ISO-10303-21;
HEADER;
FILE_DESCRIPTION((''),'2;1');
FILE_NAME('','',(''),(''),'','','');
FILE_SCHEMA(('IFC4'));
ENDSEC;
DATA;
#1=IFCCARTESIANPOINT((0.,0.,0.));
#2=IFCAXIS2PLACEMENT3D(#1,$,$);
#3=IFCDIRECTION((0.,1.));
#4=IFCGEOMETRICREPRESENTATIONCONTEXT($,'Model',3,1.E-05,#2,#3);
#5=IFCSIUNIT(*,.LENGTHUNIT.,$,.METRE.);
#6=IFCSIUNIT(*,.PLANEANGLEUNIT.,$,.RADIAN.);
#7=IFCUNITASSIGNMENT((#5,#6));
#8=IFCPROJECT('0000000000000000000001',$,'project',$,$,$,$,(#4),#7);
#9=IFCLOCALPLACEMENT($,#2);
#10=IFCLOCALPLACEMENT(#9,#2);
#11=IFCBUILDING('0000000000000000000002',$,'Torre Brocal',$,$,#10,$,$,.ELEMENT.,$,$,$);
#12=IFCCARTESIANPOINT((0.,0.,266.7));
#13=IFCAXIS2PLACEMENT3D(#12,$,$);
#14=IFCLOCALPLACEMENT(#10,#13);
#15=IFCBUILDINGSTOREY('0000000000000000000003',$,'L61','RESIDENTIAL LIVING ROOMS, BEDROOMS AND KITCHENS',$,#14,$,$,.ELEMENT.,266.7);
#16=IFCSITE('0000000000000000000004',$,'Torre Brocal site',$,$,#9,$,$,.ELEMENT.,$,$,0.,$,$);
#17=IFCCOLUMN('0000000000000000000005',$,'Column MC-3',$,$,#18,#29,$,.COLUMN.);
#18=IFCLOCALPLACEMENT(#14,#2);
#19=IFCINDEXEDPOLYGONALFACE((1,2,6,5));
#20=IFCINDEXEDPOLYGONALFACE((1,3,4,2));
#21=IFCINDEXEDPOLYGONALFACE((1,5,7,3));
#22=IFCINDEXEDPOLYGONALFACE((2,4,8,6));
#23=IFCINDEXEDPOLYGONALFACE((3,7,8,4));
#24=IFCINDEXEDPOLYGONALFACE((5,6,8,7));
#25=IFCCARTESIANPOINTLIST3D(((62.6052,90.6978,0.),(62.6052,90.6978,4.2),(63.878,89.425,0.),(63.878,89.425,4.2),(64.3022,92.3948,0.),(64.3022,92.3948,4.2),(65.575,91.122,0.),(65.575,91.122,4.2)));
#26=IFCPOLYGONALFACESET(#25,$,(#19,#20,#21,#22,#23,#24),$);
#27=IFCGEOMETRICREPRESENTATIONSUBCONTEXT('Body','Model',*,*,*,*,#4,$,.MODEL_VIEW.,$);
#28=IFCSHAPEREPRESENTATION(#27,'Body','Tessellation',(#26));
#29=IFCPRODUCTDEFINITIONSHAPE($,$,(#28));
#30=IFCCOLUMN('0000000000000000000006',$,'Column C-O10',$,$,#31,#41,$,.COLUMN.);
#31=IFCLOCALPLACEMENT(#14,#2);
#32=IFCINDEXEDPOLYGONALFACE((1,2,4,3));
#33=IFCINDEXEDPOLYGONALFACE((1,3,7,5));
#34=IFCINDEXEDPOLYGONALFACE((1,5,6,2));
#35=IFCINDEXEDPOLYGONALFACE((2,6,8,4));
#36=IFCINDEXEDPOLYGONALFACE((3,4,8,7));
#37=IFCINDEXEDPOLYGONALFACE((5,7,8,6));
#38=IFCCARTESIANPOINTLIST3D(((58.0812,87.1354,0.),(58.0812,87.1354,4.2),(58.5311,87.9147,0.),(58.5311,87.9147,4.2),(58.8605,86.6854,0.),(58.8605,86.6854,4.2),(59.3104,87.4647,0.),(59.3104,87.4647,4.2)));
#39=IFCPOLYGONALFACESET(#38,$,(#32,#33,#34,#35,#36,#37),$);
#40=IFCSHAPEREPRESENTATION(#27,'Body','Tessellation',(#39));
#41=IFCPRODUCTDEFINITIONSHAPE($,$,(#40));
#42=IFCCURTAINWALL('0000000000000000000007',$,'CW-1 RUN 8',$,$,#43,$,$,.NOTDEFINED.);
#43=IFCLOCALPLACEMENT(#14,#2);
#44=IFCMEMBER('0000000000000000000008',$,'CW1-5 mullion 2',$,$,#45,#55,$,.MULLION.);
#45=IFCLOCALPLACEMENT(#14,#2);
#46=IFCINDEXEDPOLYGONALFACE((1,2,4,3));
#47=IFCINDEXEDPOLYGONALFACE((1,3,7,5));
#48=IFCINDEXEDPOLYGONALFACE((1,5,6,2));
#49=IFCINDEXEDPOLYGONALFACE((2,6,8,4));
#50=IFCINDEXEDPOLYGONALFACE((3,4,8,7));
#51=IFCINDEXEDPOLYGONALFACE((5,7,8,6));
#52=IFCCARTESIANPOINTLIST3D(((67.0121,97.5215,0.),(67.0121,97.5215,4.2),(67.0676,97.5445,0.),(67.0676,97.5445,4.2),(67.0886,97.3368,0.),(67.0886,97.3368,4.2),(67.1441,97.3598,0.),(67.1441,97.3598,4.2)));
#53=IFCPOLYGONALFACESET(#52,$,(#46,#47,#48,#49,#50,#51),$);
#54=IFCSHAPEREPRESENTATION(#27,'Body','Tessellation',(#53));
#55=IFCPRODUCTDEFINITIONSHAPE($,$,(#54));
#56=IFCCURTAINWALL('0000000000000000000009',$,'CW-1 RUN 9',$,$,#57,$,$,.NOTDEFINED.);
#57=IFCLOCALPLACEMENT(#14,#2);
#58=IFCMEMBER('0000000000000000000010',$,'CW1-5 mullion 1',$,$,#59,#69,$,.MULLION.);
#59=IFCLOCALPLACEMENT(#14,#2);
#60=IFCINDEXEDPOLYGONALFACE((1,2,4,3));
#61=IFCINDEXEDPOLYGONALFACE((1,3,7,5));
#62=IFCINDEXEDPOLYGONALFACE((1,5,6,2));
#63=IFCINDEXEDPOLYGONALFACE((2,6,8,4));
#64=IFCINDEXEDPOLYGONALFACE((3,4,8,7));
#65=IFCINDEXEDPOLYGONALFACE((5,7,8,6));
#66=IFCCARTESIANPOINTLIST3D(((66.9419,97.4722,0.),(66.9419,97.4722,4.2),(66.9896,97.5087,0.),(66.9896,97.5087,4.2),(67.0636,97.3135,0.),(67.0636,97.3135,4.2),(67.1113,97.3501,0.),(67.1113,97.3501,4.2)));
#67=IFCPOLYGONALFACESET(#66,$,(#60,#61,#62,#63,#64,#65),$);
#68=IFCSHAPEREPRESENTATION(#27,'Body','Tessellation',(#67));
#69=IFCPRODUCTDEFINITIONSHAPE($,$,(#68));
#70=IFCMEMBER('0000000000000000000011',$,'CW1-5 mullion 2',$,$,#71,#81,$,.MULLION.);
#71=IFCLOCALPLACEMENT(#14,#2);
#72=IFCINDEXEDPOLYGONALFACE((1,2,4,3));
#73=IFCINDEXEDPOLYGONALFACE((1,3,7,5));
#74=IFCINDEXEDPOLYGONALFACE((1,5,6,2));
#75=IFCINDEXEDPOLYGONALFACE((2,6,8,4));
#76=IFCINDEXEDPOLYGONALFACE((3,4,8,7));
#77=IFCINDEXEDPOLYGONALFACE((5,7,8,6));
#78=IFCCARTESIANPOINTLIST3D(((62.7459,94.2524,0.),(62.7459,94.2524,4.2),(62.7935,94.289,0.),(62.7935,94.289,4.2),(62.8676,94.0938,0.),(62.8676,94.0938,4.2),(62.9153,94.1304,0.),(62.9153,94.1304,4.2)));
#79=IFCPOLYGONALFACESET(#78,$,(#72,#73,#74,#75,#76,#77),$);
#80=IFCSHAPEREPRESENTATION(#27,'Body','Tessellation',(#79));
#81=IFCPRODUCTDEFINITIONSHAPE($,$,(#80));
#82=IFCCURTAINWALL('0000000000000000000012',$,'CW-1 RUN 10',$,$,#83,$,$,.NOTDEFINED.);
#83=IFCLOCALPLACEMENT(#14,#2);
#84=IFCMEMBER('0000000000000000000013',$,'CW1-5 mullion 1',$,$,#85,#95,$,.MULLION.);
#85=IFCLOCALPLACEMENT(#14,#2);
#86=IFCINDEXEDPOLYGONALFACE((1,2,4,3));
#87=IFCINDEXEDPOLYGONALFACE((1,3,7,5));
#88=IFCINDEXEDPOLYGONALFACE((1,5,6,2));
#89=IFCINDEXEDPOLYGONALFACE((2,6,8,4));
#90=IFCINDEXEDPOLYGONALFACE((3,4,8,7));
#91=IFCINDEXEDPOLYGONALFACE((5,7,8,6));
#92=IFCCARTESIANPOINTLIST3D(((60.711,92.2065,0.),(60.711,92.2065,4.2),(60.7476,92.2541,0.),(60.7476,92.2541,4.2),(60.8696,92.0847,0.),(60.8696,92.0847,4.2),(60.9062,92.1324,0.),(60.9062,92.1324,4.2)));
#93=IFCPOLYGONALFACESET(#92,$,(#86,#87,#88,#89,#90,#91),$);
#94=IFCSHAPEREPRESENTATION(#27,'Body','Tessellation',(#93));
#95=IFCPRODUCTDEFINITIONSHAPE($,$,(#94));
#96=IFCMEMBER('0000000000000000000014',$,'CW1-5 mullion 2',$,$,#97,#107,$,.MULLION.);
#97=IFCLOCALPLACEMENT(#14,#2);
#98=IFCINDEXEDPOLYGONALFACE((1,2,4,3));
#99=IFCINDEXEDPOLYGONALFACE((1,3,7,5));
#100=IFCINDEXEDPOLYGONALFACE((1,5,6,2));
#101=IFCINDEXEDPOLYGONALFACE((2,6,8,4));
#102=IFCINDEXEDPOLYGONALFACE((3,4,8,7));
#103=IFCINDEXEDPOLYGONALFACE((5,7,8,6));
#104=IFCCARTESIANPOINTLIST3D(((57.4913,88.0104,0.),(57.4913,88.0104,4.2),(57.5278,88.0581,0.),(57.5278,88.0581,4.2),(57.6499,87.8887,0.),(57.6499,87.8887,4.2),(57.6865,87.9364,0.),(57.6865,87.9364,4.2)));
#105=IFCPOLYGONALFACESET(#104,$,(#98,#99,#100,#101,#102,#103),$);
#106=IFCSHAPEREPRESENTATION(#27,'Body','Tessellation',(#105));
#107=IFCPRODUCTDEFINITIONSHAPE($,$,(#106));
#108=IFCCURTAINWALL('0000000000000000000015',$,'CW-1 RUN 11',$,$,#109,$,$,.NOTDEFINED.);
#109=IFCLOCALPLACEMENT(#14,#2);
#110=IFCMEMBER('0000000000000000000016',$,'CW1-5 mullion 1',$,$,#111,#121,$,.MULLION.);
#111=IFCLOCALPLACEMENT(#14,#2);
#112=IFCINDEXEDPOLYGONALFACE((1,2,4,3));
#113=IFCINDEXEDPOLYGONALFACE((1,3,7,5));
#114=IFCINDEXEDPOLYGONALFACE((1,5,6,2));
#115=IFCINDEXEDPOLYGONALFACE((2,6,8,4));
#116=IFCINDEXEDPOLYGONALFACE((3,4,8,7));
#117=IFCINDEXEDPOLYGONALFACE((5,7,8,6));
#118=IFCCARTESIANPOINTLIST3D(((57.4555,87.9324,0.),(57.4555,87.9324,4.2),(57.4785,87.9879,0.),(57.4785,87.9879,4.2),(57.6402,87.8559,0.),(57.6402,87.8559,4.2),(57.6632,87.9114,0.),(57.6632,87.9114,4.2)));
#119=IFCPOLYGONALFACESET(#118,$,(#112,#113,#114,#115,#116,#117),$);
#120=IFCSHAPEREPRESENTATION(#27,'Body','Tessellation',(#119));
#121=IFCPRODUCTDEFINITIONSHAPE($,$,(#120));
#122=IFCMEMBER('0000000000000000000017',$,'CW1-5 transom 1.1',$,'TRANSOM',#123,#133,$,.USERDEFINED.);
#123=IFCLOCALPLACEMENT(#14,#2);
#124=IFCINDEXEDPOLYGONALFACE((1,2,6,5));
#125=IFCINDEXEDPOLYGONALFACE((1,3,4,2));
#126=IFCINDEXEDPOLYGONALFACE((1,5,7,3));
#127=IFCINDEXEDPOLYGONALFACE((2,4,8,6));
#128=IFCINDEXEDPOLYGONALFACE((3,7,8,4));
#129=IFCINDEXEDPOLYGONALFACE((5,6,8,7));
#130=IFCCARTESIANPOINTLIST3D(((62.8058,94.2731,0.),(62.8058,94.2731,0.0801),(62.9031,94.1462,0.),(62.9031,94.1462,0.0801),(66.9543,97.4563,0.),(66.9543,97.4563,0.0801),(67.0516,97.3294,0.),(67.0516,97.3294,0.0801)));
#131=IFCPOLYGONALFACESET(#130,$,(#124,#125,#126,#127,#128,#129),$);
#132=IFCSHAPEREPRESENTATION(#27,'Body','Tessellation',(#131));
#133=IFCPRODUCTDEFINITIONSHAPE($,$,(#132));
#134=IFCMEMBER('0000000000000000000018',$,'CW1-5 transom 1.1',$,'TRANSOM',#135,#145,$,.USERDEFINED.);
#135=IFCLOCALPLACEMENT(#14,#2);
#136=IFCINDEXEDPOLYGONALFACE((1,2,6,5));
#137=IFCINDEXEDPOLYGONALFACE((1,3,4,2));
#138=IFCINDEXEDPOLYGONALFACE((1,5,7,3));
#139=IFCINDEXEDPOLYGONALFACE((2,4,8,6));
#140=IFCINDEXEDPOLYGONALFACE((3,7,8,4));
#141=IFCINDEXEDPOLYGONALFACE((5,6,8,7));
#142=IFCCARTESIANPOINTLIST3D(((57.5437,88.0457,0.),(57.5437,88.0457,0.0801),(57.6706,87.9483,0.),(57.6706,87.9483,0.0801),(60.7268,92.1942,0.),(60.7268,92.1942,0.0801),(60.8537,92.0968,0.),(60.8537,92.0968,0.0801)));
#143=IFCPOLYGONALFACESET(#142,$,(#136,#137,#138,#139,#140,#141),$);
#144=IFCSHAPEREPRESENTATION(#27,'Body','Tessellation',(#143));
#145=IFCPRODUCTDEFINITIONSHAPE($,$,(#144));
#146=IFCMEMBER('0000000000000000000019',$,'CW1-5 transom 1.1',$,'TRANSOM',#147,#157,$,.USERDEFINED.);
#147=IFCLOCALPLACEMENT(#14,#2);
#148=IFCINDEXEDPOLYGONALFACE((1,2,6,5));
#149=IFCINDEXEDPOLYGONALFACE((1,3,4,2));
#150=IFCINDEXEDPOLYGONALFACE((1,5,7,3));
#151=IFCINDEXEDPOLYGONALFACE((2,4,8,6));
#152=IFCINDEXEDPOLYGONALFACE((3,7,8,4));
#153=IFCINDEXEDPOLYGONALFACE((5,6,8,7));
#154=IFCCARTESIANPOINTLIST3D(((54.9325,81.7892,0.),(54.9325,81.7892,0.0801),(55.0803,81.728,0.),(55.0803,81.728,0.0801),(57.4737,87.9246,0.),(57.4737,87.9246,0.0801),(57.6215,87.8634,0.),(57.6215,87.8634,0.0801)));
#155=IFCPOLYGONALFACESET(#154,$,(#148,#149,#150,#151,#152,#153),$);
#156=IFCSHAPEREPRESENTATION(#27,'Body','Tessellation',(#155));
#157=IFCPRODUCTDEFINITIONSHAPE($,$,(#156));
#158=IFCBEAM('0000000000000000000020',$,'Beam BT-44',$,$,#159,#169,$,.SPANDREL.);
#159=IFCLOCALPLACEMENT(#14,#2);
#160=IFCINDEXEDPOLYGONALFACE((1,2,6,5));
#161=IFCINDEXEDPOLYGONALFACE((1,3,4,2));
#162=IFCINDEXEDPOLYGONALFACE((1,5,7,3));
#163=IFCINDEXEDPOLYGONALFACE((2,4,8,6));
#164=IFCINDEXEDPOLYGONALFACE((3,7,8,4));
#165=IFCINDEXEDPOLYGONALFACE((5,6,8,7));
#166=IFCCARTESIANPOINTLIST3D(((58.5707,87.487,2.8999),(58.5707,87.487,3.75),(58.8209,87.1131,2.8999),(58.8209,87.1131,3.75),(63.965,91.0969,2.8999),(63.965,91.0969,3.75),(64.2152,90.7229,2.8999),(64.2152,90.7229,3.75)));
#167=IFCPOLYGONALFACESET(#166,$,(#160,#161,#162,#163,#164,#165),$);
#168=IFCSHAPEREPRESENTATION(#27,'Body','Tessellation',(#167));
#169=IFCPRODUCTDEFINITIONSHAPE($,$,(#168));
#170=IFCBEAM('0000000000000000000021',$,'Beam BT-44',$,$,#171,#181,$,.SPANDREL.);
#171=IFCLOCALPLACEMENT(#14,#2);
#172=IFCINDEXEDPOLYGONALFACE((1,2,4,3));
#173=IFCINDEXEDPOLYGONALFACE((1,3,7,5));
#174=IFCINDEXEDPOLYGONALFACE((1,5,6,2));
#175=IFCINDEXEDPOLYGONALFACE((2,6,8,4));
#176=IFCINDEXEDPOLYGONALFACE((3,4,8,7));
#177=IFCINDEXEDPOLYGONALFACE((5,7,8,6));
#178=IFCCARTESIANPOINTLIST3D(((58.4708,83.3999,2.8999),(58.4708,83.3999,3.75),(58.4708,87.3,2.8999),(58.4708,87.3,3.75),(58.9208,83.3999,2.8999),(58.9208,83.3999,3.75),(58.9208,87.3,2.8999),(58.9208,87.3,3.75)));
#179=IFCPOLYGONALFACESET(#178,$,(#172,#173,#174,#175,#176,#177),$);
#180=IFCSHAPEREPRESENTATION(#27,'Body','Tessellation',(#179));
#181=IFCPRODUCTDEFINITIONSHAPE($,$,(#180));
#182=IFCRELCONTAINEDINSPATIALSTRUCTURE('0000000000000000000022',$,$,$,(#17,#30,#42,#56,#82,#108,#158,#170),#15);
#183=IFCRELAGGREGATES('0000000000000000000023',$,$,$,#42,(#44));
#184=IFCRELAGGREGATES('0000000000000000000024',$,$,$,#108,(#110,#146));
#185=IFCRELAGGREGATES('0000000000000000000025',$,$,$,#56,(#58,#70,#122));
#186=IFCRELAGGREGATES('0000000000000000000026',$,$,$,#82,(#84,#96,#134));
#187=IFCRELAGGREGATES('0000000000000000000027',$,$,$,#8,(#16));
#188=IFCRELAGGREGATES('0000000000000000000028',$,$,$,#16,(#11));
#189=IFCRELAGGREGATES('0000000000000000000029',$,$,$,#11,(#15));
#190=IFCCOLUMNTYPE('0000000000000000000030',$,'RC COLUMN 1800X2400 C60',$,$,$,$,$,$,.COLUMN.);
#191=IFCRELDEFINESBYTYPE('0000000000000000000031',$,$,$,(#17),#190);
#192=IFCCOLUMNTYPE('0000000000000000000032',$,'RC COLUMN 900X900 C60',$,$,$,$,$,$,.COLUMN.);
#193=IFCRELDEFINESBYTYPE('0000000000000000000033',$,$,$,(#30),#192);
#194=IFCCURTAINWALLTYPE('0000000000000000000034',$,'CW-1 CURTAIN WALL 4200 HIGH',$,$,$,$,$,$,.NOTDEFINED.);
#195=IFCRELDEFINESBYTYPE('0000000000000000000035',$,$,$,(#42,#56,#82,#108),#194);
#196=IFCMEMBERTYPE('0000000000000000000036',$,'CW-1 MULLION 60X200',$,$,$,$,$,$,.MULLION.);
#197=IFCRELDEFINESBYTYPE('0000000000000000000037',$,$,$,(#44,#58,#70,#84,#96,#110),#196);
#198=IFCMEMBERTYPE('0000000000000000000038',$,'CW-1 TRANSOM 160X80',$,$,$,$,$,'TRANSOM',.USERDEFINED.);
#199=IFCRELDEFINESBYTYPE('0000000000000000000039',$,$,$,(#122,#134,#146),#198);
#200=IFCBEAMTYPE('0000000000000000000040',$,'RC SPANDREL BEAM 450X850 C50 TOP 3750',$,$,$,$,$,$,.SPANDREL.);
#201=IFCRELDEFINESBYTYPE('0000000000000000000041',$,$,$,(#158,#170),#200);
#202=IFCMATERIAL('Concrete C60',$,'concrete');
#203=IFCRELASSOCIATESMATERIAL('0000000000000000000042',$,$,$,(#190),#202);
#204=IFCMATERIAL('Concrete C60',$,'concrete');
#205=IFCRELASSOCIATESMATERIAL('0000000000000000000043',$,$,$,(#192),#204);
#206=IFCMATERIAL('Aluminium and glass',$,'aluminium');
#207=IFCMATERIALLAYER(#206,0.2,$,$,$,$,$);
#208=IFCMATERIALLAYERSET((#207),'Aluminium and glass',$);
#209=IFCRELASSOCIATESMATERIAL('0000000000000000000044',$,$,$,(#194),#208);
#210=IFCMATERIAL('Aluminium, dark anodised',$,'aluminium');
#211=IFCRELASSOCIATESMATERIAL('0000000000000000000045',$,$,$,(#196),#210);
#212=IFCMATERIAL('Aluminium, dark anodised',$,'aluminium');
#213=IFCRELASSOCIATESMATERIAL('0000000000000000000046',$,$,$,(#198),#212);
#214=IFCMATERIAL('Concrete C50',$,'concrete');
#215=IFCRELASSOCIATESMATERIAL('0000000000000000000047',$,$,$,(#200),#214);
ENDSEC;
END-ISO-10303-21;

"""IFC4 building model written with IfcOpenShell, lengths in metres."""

from ifc_helpers import new_model, si_unit, direction, frame, origin, origin_2d, place, context, subcontext, project, spatial, rectangle, extrude, material, layer, layer_set, material_profile, profile_set, type_object, element, aggregate, save


model = new_model("IFC4")

# Units and contexts
model_context = context("Model", 3, precision=1e-05, world=origin(), true_north=direction((0.0, 1.0)))
body_context = subcontext(model_context, "Body", "Model", "MODEL_VIEW")
ifc_project = project(units=[si_unit("LENGTHUNIT", "METRE"), si_unit("PLANEANGLEUNIT", "RADIAN")], contexts=[model_context])

# Site, building, storey
site_placement = place(None, origin())
site = spatial("IfcSite", under=ifc_project, at=site_placement, Name="Torre Brocal site", CompositionType="ELEMENT", RefElevation=0.0)
building_placement = place(site_placement, origin())
building = spatial("IfcBuilding", under=site, at=building_placement, Name="Torre Brocal", CompositionType="ELEMENT")
storey_placement = place(building_placement, frame((0.0, 0.0, 266.7)))
storey = spatial("IfcBuildingStorey", under=building, at=storey_placement, Name="L61", Description="RESIDENTIAL LIVING ROOMS, BEDROOMS AND KITCHENS", CompositionType="ELEMENT", Elevation=266.7)

# Columns
ifc_material_1 = material(Name="Concrete C60", Category="concrete")
ifc_material_profile_1 = material_profile(ifc_material_1, rectangle(XDim=1.8, YDim=2.3999, at=origin_2d()), Name="RC 1800X2400")
ifc_profile_set_1 = profile_set([ifc_material_profile_1], Name="Concrete C60")
column_type_1 = type_object("IfcColumnType", Name="RC COLUMN 1800X2400 C60", PredefinedType="COLUMN", material=ifc_profile_set_1)
column_1_placement = place(storey_placement, frame((64.0901, 90.9099, 0.0), z_axis=(0.0, 0.0, 1.0), x_axis=(-0.707107, 0.707107, 0.0)))
element("IfcColumn", 1, at=column_1_placement, inside=storey, type_object=column_type_1, Name="Column MC-3", PredefinedType="COLUMN", context=body_context, shape_type="SweptSolid", body=[
    extrude(rectangle(XDim=1.8, YDim=2.3999, at=origin_2d()), origin(), (0.0, 0.0, 1.0), 4.2),
])
ifc_material_2 = material(Name="Concrete C60", Category="concrete")
ifc_material_profile_2 = material_profile(ifc_material_2, rectangle(XDim=0.8999, YDim=0.8999, at=origin_2d()), Name="RC 900X900")
ifc_profile_set_2 = profile_set([ifc_material_profile_2], Name="Concrete C60")
column_type_2 = type_object("IfcColumnType", Name="RC COLUMN 900X900 C60", PredefinedType="COLUMN", material=ifc_profile_set_2)
column_2_placement = place(storey_placement, frame((58.6958, 87.3, 0.0), z_axis=(0.0, 0.0, 1.0), x_axis=(-0.866025, 0.5, 0.0)))
element("IfcColumn", 2, at=column_2_placement, inside=storey, type_object=column_type_2, Name="Column C-O10", PredefinedType="COLUMN", context=body_context, shape_type="SweptSolid", body=[
    extrude(rectangle(XDim=0.8999, YDim=0.8999, at=origin_2d()), origin(), (0.0, 0.0, 1.0), 4.2),
])

# Curtain wall, member
ifc_material_3 = material(Name="Aluminium and glass", Category="aluminium")
ifc_layer_1 = layer(ifc_material_3, 0.2)
ifc_layer_set_1 = layer_set([ifc_layer_1], Name="Aluminium and glass")
curtain_wall_type = type_object("IfcCurtainWallType", Name="CW-1 CURTAIN WALL 4200 HIGH", PredefinedType="NOTDEFINED", material=ifc_layer_set_1)
curtain_wall_1_placement = place(storey_placement, origin())
curtain_wall_1 = element("IfcCurtainWall", 3, at=curtain_wall_1_placement, inside=storey, type_object=curtain_wall_type, Name="CW-1 RUN 8", PredefinedType="NOTDEFINED")
ifc_material_4 = material(Name="Aluminium, dark anodised", Category="aluminium")
ifc_material_profile_3 = material_profile(ifc_material_4, rectangle(XDim=0.2, YDim=0.0601, at=origin_2d()), Name="CW-1 MULLION 60X200")
ifc_profile_set_3 = profile_set([ifc_material_profile_3], Name="Aluminium, dark anodised")
member_type_1 = type_object("IfcMemberType", Name="CW-1 MULLION 60X200", PredefinedType="MULLION", material=ifc_profile_set_3)
member_1_placement = place(storey_placement, frame((67.0781, 97.4407, 0.0), z_axis=(0.0, 0.0, 1.0), x_axis=(0.382683, -0.92388, 0.0)))
member_1 = element("IfcMember", 4, at=member_1_placement, type_object=member_type_1, Name="CW1-5 mullion 2", PredefinedType="MULLION", context=body_context, shape_type="SweptSolid", body=[
    extrude(rectangle(XDim=0.2, YDim=0.0601, at=origin_2d()), origin(), (0.0, 0.0, 1.0), 4.2),
])
aggregate(curtain_wall_1, [member_1])

# Curtain walls, members
curtain_wall_2_placement = place(storey_placement, origin())
curtain_wall_2 = element("IfcCurtainWall", 5, at=curtain_wall_2_placement, inside=storey, type_object=curtain_wall_type, Name="CW-1 RUN 9", PredefinedType="NOTDEFINED")
member_2_placement = place(storey_placement, frame((67.0266, 97.4111, 0.0), z_axis=(0.0, 0.0, 1.0), x_axis=(0.608761, -0.793353, 0.0)))
member_2 = element("IfcMember", 6, at=member_2_placement, type_object=member_type_1, Name="CW1-5 mullion 1", PredefinedType="MULLION", context=body_context, shape_type="SweptSolid", body=[
    extrude(rectangle(XDim=0.2, YDim=0.0601, at=origin_2d()), origin(), (0.0, 0.0, 1.0), 4.2),
])
member_3_placement = place(storey_placement, frame((62.8306, 94.1914, 0.0), z_axis=(0.0, 0.0, 1.0), x_axis=(0.608761, -0.793353, 0.0)))
member_3 = element("IfcMember", 7, at=member_3_placement, type_object=member_type_1, Name="CW1-5 mullion 2", PredefinedType="MULLION", context=body_context, shape_type="SweptSolid", body=[
    extrude(rectangle(XDim=0.2, YDim=0.0601, at=origin_2d()), origin(), (0.0, 0.0, 1.0), 4.2),
])
curtain_wall_3_placement = place(storey_placement, origin())
curtain_wall_3 = element("IfcCurtainWall", 8, at=curtain_wall_3_placement, inside=storey, type_object=curtain_wall_type, Name="CW-1 RUN 10", PredefinedType="NOTDEFINED")
member_4_placement = place(storey_placement, frame((60.8086, 92.1694, 0.0), z_axis=(0.0, 0.0, 1.0), x_axis=(0.793353, -0.608761, 0.0)))
member_4 = element("IfcMember", 9, at=member_4_placement, type_object=member_type_1, Name="CW1-5 mullion 1", PredefinedType="MULLION", context=body_context, shape_type="SweptSolid", body=[
    extrude(rectangle(XDim=0.2, YDim=0.0601, at=origin_2d()), origin(), (0.0, 0.0, 1.0), 4.2),
])
member_5_placement = place(storey_placement, frame((57.5889, 87.9734, 0.0), z_axis=(0.0, 0.0, 1.0), x_axis=(0.793353, -0.608761, 0.0)))
member_5 = element("IfcMember", 10, at=member_5_placement, type_object=member_type_1, Name="CW1-5 mullion 2", PredefinedType="MULLION", context=body_context, shape_type="SweptSolid", body=[
    extrude(rectangle(XDim=0.2, YDim=0.0601, at=origin_2d()), origin(), (0.0, 0.0, 1.0), 4.2),
])

# Curtain wall, member
curtain_wall_4_placement = place(storey_placement, origin())
curtain_wall_4 = element("IfcCurtainWall", 11, at=curtain_wall_4_placement, inside=storey, type_object=curtain_wall_type, Name="CW-1 RUN 11", PredefinedType="NOTDEFINED")
member_6_placement = place(storey_placement, frame((57.5593, 87.9219, 0.0), z_axis=(0.0, 0.0, 1.0), x_axis=(0.92388, -0.382683, 0.0)))
member_6 = element("IfcMember", 12, at=member_6_placement, type_object=member_type_1, Name="CW1-5 mullion 1", PredefinedType="MULLION", context=body_context, shape_type="SweptSolid", body=[
    extrude(rectangle(XDim=0.2, YDim=0.0601, at=origin_2d()), origin(), (0.0, 0.0, 1.0), 4.2),
])

# Members
ifc_material_5 = material(Name="Aluminium, dark anodised", Category="aluminium")
ifc_material_profile_4 = material_profile(ifc_material_5, rectangle(XDim=0.1599, YDim=0.0801, at=origin_2d()), Name="CW-1 TRANSOM 160X80")
ifc_profile_set_4 = profile_set([ifc_material_profile_4], Name="Aluminium, dark anodised")
member_type_2 = type_object("IfcMemberType", Name="CW-1 TRANSOM 160X80", ElementType="TRANSOM", PredefinedType="USERDEFINED", material=ifc_profile_set_4)
member_7_placement = place(storey_placement, frame((67.0029, 97.3928, 0.04), z_axis=(-0.793363, -0.608749, 0.0), x_axis=(0.608749, -0.793363, 0.0)))
member_7 = element("IfcMember", 13, at=member_7_placement, type_object=member_type_2, Name="CW1-5 transom 1.1", ObjectType="TRANSOM", PredefinedType="USERDEFINED", context=body_context, shape_type="SweptSolid", body=[
    extrude(rectangle(XDim=0.1599, YDim=0.0801, at=origin_2d()), origin(), (0.0, 0.0, 1.0), 5.229),
])
member_8_placement = place(storey_placement, frame((60.7903, 92.1455, 0.04), z_axis=(-0.608749, -0.793363, 0.0), x_axis=(0.793363, -0.608749, 0.0)))
member_8 = element("IfcMember", 14, at=member_8_placement, type_object=member_type_2, Name="CW1-5 transom 1.1", ObjectType="TRANSOM", PredefinedType="USERDEFINED", context=body_context, shape_type="SweptSolid", body=[
    extrude(rectangle(XDim=0.1599, YDim=0.0801, at=origin_2d()), origin(), (0.0, 0.0, 1.0), 5.229),
])
member_9_placement = place(storey_placement, frame((57.5476, 87.894, 0.04), z_axis=(-0.382665, -0.923887, 0.0), x_axis=(0.923887, -0.382665, 0.0)))
member_9 = element("IfcMember", 15, at=member_9_placement, type_object=member_type_2, Name="CW1-5 transom 1.1", ObjectType="TRANSOM", PredefinedType="USERDEFINED", context=body_context, shape_type="SweptSolid", body=[
    extrude(rectangle(XDim=0.1599, YDim=0.0801, at=origin_2d()), origin(), (0.0, 0.0, 1.0), 6.6409),
])
aggregate(curtain_wall_4, [member_6, member_9])

# Beams
ifc_material_6 = material(Name="Concrete C50", Category="concrete")
ifc_material_profile_5 = material_profile(ifc_material_6, rectangle(XDim=0.45, YDim=0.8501, at=origin_2d()), Name="RC 450X850")
ifc_profile_set_5 = profile_set([ifc_material_profile_5], Name="Concrete C50")
beam_type = type_object("IfcBeamType", Name="RC SPANDREL BEAM 450X850 C50 TOP 3750", PredefinedType="SPANDREL", material=ifc_profile_set_5)
beam_1_placement = place(storey_placement, frame((64.0901, 90.9099, 3.325), z_axis=(-0.831077, -0.556158, 0.0), x_axis=(0.556158, -0.831077, 0.0)))
element("IfcBeam", 16, at=beam_1_placement, inside=storey, type_object=beam_type, Name="Beam BT-44", PredefinedType="SPANDREL", context=body_context, shape_type="SweptSolid", body=[
    extrude(rectangle(XDim=0.45, YDim=0.8501, at=origin_2d()), origin(), (0.0, 0.0, 1.0), 6.4907),
])
beam_2_placement = place(storey_placement, frame((58.6958, 87.3, 3.325), z_axis=(0.0, -1.0, 0.0), x_axis=(1.0, 0.0, 0.0)))
element("IfcBeam", 17, at=beam_2_placement, inside=storey, type_object=beam_type, Name="Beam BT-44", PredefinedType="SPANDREL", context=body_context, shape_type="SweptSolid", body=[
    extrude(rectangle(XDim=0.45, YDim=0.8501, at=origin_2d()), origin(), (0.0, 0.0, 1.0), 3.9001),
])

aggregate(curtain_wall_2, [member_2, member_3, member_7])
aggregate(curtain_wall_3, [member_4, member_5, member_8])

save(model, "model.ifc")
